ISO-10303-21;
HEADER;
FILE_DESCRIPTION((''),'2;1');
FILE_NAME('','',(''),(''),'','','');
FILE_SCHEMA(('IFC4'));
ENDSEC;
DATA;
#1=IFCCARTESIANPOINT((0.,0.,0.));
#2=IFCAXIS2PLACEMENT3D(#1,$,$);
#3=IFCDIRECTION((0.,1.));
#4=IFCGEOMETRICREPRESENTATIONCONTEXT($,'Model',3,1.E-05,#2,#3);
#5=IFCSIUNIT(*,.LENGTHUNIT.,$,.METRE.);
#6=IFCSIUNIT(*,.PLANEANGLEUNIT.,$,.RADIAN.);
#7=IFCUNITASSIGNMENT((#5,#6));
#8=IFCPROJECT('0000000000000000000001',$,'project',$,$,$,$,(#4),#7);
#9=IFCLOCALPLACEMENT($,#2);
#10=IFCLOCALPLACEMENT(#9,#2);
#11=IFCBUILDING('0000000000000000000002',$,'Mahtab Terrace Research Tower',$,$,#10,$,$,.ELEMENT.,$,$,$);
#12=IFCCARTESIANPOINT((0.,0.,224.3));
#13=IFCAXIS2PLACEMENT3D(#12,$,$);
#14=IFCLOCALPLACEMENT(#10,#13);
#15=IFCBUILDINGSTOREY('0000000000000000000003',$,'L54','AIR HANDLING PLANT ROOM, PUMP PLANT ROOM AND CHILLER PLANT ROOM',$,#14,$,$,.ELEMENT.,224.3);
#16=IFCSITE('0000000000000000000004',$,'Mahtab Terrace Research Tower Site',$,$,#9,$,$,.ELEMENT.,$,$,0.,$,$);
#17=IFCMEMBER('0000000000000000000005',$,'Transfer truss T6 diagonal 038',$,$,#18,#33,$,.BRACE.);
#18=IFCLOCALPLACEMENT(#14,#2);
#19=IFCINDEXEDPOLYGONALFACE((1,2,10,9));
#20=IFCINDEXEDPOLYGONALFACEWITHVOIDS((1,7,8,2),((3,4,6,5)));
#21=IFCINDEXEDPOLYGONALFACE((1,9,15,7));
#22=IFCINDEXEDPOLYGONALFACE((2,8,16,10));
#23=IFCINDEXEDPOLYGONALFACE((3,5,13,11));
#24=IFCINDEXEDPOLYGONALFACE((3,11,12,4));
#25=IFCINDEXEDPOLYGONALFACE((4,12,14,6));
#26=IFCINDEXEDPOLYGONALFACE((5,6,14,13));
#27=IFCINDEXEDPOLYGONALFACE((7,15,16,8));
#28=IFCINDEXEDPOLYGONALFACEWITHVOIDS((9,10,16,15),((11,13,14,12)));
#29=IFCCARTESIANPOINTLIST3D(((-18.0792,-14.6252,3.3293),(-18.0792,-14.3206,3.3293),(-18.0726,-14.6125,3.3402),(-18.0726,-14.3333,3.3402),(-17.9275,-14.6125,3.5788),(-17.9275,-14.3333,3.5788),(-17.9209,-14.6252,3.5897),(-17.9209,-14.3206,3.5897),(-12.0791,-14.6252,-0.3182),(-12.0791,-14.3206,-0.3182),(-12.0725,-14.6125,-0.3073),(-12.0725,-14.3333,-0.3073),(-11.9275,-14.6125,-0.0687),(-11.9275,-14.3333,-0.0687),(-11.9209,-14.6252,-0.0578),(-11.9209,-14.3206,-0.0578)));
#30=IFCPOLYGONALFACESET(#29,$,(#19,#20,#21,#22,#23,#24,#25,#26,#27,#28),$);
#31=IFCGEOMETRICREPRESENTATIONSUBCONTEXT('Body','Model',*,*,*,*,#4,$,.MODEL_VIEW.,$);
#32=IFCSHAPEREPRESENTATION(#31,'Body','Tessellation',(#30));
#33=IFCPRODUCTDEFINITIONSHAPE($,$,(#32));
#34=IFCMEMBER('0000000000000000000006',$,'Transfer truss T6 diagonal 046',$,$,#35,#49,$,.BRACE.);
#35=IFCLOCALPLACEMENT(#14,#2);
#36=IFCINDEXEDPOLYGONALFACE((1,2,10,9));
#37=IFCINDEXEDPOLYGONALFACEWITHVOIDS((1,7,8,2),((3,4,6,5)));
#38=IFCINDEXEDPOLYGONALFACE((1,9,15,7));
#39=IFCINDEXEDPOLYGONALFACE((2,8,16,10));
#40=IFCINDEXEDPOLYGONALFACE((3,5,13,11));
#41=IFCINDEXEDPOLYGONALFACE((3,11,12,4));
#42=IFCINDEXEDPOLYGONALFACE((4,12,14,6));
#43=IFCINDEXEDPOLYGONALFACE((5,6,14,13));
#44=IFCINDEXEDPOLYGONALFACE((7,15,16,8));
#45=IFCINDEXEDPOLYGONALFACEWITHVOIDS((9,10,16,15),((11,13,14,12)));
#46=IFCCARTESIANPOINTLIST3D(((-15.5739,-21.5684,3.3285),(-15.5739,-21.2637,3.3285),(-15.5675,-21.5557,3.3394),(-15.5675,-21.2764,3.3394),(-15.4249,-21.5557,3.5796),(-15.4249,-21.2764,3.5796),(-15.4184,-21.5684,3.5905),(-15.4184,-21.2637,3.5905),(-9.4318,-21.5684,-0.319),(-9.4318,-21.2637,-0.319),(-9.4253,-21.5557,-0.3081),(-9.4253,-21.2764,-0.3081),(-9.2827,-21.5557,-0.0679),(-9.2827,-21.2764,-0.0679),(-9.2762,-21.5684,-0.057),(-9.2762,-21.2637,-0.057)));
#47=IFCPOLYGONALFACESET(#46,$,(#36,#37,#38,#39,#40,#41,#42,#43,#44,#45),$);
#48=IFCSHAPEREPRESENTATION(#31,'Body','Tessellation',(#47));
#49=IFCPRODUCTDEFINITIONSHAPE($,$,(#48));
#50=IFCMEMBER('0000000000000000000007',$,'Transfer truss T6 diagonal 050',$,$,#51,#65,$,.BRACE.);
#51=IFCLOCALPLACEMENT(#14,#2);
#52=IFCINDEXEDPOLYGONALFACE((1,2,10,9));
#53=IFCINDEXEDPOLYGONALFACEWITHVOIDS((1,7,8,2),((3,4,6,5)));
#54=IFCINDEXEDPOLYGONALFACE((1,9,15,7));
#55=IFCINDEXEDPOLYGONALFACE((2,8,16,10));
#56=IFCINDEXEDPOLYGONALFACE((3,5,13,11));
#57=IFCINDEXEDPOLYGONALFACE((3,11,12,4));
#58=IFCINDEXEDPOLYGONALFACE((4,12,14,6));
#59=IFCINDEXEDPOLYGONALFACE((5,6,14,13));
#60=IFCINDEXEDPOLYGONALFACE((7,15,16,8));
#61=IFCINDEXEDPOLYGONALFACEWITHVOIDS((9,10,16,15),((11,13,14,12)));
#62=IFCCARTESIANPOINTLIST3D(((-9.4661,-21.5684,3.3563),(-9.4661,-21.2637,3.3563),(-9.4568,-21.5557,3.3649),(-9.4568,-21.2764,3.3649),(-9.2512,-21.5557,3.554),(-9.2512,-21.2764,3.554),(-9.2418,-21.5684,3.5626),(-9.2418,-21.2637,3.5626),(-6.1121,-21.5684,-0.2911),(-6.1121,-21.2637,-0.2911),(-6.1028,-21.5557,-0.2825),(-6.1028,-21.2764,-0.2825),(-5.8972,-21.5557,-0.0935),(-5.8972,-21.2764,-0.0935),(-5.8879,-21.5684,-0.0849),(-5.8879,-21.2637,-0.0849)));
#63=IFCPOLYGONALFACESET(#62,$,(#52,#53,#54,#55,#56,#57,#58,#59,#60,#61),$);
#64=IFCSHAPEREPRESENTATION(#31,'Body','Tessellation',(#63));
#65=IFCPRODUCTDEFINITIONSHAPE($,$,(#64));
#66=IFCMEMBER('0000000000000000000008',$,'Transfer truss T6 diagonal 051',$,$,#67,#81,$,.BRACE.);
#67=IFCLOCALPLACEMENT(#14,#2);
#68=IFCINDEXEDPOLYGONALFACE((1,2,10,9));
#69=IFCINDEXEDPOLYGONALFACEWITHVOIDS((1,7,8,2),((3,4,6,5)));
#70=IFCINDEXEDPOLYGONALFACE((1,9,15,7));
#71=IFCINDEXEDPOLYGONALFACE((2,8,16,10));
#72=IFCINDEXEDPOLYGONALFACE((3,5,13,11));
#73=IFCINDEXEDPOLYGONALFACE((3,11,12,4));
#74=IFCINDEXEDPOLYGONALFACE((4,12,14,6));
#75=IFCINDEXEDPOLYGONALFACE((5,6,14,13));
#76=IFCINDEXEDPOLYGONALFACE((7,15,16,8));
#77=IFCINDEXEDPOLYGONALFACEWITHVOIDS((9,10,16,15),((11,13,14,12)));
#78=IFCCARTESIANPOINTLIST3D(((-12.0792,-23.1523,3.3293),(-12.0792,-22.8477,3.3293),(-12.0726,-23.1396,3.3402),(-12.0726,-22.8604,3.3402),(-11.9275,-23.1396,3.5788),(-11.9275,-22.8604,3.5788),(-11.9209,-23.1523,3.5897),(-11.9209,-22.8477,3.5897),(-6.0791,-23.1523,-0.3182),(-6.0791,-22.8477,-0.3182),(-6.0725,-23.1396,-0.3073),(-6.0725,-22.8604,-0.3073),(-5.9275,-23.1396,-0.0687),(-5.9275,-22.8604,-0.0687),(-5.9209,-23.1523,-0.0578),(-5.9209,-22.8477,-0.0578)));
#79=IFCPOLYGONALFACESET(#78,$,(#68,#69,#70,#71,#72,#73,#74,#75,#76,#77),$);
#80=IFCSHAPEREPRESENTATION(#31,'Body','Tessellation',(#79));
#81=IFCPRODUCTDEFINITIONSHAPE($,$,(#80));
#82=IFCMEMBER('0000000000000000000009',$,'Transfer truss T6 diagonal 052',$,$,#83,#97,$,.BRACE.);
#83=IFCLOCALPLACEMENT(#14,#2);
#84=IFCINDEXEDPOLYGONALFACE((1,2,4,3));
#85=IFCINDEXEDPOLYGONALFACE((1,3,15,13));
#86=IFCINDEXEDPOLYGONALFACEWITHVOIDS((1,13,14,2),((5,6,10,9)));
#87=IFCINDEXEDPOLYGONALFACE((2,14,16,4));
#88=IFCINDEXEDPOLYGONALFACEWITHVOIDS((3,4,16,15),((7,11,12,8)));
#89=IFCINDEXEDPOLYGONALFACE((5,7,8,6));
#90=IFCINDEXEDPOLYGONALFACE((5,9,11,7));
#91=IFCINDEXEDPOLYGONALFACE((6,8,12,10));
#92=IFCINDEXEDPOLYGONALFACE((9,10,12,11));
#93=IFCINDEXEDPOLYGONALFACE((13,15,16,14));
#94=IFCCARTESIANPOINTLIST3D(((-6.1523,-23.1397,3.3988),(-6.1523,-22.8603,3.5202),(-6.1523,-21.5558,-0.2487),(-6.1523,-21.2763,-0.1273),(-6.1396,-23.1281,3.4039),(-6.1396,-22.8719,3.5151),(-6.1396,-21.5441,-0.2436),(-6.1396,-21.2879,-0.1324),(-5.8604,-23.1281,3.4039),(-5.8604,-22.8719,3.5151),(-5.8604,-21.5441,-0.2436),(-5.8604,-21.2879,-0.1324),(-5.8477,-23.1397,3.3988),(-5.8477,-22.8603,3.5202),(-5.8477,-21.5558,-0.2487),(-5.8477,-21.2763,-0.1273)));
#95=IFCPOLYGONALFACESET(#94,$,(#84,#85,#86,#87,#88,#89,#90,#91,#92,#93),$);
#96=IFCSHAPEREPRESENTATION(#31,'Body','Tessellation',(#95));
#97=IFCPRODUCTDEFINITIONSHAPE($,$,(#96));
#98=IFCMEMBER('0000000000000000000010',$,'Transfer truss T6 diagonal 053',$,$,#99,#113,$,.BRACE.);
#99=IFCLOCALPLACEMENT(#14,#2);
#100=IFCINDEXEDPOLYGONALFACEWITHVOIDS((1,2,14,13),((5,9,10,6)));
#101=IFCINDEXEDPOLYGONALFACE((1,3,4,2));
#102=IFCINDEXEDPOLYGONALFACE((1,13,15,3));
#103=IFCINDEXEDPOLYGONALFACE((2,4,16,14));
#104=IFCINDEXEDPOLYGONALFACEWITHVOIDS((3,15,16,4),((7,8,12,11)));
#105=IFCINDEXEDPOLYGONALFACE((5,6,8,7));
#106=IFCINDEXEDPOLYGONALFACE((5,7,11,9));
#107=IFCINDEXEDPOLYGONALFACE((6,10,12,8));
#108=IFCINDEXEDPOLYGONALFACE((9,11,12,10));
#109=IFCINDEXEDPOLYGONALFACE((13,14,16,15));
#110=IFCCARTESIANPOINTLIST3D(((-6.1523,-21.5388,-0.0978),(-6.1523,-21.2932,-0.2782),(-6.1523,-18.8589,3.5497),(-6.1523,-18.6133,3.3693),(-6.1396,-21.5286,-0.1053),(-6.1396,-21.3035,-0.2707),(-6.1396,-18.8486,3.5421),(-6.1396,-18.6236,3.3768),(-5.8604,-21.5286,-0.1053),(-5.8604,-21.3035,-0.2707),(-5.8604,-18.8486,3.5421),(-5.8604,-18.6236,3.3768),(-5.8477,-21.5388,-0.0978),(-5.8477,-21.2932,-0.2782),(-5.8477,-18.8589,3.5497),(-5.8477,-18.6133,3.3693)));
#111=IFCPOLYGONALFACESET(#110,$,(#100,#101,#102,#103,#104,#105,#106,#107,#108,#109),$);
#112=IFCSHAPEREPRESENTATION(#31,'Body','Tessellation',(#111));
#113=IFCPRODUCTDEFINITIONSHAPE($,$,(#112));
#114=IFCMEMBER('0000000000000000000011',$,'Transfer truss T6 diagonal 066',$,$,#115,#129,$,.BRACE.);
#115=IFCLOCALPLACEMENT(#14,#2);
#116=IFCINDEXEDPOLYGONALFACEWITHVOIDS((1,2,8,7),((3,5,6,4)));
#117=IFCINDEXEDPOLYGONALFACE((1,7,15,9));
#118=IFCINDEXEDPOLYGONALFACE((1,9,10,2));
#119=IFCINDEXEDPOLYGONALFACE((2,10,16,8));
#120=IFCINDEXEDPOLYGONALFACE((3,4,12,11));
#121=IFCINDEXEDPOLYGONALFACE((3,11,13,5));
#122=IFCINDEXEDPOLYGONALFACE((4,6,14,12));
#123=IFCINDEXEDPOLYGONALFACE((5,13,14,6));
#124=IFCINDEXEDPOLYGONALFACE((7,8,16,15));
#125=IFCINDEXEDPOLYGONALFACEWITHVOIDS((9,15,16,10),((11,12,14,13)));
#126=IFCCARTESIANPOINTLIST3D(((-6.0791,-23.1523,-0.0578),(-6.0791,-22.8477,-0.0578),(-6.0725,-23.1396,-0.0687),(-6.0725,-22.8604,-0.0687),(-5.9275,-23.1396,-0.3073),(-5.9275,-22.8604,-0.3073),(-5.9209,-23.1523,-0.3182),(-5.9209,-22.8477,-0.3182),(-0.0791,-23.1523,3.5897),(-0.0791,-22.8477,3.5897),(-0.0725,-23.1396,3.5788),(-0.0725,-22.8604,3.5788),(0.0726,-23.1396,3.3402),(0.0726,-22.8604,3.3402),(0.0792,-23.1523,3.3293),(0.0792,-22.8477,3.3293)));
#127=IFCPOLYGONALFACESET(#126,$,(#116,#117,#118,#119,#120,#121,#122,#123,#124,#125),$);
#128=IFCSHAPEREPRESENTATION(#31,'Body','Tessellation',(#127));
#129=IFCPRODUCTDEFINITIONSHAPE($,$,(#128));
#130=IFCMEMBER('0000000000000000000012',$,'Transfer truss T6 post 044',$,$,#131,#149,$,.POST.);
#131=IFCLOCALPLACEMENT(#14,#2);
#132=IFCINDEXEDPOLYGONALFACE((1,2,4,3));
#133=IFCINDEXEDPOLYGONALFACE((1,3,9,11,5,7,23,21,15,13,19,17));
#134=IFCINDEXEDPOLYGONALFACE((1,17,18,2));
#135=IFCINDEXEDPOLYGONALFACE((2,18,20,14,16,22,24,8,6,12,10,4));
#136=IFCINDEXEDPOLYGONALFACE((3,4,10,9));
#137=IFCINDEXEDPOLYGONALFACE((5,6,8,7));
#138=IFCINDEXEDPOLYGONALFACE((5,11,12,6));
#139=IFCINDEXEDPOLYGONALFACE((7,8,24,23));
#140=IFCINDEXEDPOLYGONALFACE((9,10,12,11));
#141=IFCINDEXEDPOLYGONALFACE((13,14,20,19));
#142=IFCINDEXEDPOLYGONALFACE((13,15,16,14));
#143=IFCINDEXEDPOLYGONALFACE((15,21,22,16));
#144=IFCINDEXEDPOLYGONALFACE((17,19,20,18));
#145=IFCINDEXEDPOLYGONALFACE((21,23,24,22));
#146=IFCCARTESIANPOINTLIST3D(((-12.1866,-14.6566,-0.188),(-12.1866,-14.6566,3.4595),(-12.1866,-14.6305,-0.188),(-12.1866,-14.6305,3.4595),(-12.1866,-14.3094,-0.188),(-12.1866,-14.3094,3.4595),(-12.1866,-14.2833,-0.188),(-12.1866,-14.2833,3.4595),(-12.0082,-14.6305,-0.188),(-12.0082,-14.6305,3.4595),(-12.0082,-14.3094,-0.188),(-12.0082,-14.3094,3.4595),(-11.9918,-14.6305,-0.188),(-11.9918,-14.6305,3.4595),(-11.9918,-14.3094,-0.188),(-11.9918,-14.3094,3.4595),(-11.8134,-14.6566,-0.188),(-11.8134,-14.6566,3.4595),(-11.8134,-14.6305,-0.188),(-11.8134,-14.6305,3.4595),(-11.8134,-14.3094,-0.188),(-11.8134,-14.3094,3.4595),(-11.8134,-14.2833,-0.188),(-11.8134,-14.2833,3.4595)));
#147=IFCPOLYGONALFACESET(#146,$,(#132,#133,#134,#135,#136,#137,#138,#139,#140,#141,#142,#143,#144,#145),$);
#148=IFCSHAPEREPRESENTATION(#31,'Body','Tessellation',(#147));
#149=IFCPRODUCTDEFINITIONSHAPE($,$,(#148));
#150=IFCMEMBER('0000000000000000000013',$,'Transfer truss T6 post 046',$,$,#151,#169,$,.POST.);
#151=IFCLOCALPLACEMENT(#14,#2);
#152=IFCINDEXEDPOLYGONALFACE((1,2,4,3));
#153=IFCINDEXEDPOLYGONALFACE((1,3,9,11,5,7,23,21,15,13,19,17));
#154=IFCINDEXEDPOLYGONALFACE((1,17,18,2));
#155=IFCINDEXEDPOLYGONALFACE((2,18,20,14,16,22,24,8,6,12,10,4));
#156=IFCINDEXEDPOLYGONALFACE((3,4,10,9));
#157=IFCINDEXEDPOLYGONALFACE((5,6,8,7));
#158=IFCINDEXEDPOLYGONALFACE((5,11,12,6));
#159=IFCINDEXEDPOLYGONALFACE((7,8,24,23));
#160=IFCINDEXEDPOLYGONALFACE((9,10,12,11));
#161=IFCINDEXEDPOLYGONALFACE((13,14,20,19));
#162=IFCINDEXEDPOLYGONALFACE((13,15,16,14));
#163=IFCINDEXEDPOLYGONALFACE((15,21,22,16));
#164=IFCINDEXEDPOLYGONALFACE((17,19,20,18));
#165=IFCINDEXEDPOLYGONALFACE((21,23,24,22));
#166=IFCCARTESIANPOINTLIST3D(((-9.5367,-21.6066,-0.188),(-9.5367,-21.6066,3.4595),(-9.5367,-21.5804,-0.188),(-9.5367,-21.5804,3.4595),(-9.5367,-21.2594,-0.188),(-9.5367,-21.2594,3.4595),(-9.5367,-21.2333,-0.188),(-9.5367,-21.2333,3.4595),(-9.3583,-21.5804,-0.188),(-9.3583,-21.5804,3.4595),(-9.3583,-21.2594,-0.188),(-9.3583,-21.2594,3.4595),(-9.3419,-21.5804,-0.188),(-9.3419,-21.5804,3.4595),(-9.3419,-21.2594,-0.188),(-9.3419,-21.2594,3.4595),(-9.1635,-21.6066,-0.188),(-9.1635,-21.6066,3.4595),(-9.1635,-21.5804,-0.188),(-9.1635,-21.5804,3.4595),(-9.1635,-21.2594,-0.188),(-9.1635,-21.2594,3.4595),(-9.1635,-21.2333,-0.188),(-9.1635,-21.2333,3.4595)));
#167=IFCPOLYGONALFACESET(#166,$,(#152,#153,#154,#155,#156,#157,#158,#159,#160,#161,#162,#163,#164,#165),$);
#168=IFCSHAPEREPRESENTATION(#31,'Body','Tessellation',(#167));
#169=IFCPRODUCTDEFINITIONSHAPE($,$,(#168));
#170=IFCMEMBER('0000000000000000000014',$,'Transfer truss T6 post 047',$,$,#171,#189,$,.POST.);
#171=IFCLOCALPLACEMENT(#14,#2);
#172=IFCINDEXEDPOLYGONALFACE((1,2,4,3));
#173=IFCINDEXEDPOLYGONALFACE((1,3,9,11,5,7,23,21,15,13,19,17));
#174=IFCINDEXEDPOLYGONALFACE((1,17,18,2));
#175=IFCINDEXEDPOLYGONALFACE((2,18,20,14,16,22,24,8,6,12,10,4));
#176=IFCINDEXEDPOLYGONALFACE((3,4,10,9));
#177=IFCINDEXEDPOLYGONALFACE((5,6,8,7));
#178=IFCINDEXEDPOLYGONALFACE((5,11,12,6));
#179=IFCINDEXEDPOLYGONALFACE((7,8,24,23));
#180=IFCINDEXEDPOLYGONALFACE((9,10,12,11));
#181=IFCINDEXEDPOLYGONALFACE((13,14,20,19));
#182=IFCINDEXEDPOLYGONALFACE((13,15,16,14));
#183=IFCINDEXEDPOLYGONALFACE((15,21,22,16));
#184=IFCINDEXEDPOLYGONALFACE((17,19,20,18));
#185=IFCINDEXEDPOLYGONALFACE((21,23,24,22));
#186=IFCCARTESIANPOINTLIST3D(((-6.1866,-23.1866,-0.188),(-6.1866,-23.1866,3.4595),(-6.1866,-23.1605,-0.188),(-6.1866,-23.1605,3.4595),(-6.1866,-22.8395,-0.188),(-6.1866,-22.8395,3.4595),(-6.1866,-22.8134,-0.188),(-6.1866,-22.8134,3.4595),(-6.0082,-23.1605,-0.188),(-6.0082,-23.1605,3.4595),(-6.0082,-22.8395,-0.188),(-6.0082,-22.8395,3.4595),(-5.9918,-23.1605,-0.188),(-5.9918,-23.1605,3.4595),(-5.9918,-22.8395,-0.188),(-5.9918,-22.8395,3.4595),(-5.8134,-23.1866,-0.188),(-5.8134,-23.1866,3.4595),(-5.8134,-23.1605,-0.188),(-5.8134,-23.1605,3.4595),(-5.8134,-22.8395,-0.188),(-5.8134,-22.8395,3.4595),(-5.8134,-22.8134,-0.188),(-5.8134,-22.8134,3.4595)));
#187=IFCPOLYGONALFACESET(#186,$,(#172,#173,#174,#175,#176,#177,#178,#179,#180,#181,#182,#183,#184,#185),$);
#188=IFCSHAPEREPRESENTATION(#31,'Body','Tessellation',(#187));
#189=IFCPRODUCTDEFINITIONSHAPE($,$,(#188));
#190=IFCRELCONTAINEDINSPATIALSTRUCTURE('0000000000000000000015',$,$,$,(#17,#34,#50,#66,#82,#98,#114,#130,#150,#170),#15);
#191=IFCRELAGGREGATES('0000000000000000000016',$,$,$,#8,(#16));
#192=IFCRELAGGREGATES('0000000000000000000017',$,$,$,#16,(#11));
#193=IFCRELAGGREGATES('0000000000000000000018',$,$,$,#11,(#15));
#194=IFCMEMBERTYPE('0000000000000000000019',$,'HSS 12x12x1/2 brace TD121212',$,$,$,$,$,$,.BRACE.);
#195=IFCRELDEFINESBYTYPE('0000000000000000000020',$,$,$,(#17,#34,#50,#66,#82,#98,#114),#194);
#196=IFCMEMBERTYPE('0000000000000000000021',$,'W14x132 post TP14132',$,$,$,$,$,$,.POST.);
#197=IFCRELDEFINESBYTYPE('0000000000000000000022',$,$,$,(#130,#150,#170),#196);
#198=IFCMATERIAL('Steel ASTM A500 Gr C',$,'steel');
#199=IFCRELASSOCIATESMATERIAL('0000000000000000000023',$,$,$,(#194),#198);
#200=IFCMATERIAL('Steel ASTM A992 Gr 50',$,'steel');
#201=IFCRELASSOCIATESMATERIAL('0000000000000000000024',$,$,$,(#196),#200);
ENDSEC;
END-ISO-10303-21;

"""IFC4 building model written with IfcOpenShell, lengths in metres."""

from ifc_helpers import new_model, si_unit, direction, frame, origin, origin_2d, place, context, subcontext, project, spatial, hollow_rectangle, i_section, extrude, material, material_profile, profile_set, type_object, element, save


model = new_model("IFC4")

# Units and contexts
model_context = context("Model", 3, precision=1e-05, world=origin(), true_north=direction((0.0, 1.0)))
body_context = subcontext(model_context, "Body", "Model", "MODEL_VIEW")
ifc_project = project(units=[si_unit("LENGTHUNIT", "METRE"), si_unit("PLANEANGLEUNIT", "RADIAN")], contexts=[model_context])

# Site, building, storey
site_placement = place(None, origin())
site = spatial("IfcSite", under=ifc_project, at=site_placement, Name="Mahtab Terrace Research Tower Site", CompositionType="ELEMENT", RefElevation=0.0)
building_placement = place(site_placement, origin())
building = spatial("IfcBuilding", under=site, at=building_placement, Name="Mahtab Terrace Research Tower", CompositionType="ELEMENT")
storey_placement = place(building_placement, frame((0.0, 0.0, 224.3)))
storey = spatial("IfcBuildingStorey", under=building, at=storey_placement, Name="L54", Description="AIR HANDLING PLANT ROOM, PUMP PLANT ROOM AND CHILLER PLANT ROOM", CompositionType="ELEMENT", Elevation=224.3)

# Members
ifc_material_1 = material(Name="Steel ASTM A500 Gr C", Category="steel")
ifc_material_profile_1 = material_profile(ifc_material_1, hollow_rectangle(XDim=0.3047, YDim=0.3047, WallThickness=0.0127, at=origin_2d()), Name="HSS12X12X1/2")
ifc_profile_set_1 = profile_set([ifc_material_profile_1], Name="Steel ASTM A500 Gr C")
member_type_1 = type_object("IfcMemberType", Name="HSS 12x12x1/2 brace TD121212", PredefinedType="BRACE", material=ifc_profile_set_1)
member_1_placement = place(storey_placement, frame((-12.0, -14.4729, -0.188), z_axis=(-0.854497, 0.0, 0.519457), x_axis=(0.0, -1.0, 0.0)))
element("IfcMember", 1, at=member_1_placement, inside=storey, type_object=member_type_1, Name="Transfer truss T6 diagonal 038", PredefinedType="BRACE", context=body_context, shape_type="SweptSolid", body=[
    extrude(hollow_rectangle(XDim=0.3047, YDim=0.3047, WallThickness=0.0127, at=origin_2d()), origin(), (0.0, 0.0, 1.0), 7.0217),
])
member_2_placement = place(storey_placement, frame((-9.354, -21.416, -0.188), z_axis=(-0.859818, 0.0, 0.5106), x_axis=(0.0, -1.0, 0.0)))
element("IfcMember", 2, at=member_2_placement, inside=storey, type_object=member_type_1, Name="Transfer truss T6 diagonal 046", PredefinedType="BRACE", context=body_context, shape_type="SweptSolid", body=[
    extrude(hollow_rectangle(XDim=0.3047, YDim=0.3047, WallThickness=0.0127, at=origin_2d()), origin(), (0.0, 0.0, 1.0), 7.1436),
])
member_3_placement = place(storey_placement, frame((-6.0, -21.416, -0.188), z_axis=(-0.676875, 0.0, 0.736098), x_axis=(0.0, -1.0, 0.0)))
element("IfcMember", 3, at=member_3_placement, inside=storey, type_object=member_type_1, Name="Transfer truss T6 diagonal 050", PredefinedType="BRACE", context=body_context, shape_type="SweptSolid", body=[
    extrude(hollow_rectangle(XDim=0.3047, YDim=0.3047, WallThickness=0.0127, at=origin_2d()), origin(), (0.0, 0.0, 1.0), 4.9551),
])
member_4_placement = place(storey_placement, frame((-6.0, -23.0, -0.188), z_axis=(-0.854497, 0.0, 0.519457), x_axis=(0.0, -1.0, 0.0)))
element("IfcMember", 4, at=member_4_placement, inside=storey, type_object=member_type_1, Name="Transfer truss T6 diagonal 051", PredefinedType="BRACE", context=body_context, shape_type="SweptSolid", body=[
    extrude(hollow_rectangle(XDim=0.3047, YDim=0.3047, WallThickness=0.0127, at=origin_2d()), origin(), (0.0, 0.0, 1.0), 7.0217),
])
member_5_placement = place(storey_placement, frame((-6.0, -21.416, -0.188), z_axis=(0.0, -0.398331, 0.917242), x_axis=(1.0, 0.0, 0.0)))
element("IfcMember", 5, at=member_5_placement, inside=storey, type_object=member_type_1, Name="Transfer truss T6 diagonal 052", PredefinedType="BRACE", context=body_context, shape_type="SweptSolid", body=[
    extrude(hollow_rectangle(XDim=0.3047, YDim=0.3047, WallThickness=0.0127, at=origin_2d()), origin(), (0.0, 0.0, 1.0), 3.9766),
])
member_6_placement = place(storey_placement, frame((-6.0, -21.416, -0.188), z_axis=(0.0, 0.5921, 0.805864), x_axis=(-1.0, 0.0, 0.0)))
element("IfcMember", 6, at=member_6_placement, inside=storey, type_object=member_type_1, Name="Transfer truss T6 diagonal 053", PredefinedType="BRACE", context=body_context, shape_type="SweptSolid", body=[
    extrude(hollow_rectangle(XDim=0.3047, YDim=0.3047, WallThickness=0.0127, at=origin_2d()), origin(), (0.0, 0.0, 1.0), 4.5261),
])
member_7_placement = place(storey_placement, frame((-6.0, -23.0, -0.188), z_axis=(0.854497, 0.0, 0.519457), x_axis=(0.0, 1.0, 0.0)))
element("IfcMember", 7, at=member_7_placement, inside=storey, type_object=member_type_1, Name="Transfer truss T6 diagonal 066", PredefinedType="BRACE", context=body_context, shape_type="SweptSolid", body=[
    extrude(hollow_rectangle(XDim=0.3047, YDim=0.3047, WallThickness=0.0127, at=origin_2d()), origin(), (0.0, 0.0, 1.0), 7.0217),
])
ifc_material_2 = material(Name="Steel ASTM A992 Gr 50", Category="steel")
ifc_material_profile_2 = material_profile(ifc_material_2, i_section(OverallWidth=0.3733, OverallDepth=0.3733, WebThickness=0.0164, FlangeThickness=0.0261, at=origin_2d()), Name="W14X132")
ifc_profile_set_2 = profile_set([ifc_material_profile_2], Name="Steel ASTM A992 Gr 50")
member_type_2 = type_object("IfcMemberType", Name="W14x132 post TP14132", PredefinedType="POST", material=ifc_profile_set_2)
for number, where, z_axis, x_axis, name in (
    (8, (-12.0, -14.47, -0.188), (0.0, 0.0, 1.0), (1.0, 0.0, 0.0), "Transfer truss T6 post 044"),
    (9, (-9.3501, -21.4199, -0.188), (0.0, 0.0, 1.0), (1.0, 0.0, 0.0), "Transfer truss T6 post 046"),
    (10, (-6.0, -23.0, -0.188), (0.0, 0.0, 1.0), (1.0, 0.0, 0.0), "Transfer truss T6 post 047"),
):
    element("IfcMember", number, at=place(storey_placement, frame(where, z_axis=z_axis, x_axis=x_axis)), inside=storey, type_object=member_type_2, Name=name, PredefinedType="POST", context=body_context, shape_type="SweptSolid", body=[
        extrude(i_section(OverallWidth=0.3733, OverallDepth=0.3733, WebThickness=0.0164, FlangeThickness=0.0261, at=origin_2d()), origin(), (0.0, 0.0, 1.0), 3.6475),
    ])

save(model, "model.ifc")
